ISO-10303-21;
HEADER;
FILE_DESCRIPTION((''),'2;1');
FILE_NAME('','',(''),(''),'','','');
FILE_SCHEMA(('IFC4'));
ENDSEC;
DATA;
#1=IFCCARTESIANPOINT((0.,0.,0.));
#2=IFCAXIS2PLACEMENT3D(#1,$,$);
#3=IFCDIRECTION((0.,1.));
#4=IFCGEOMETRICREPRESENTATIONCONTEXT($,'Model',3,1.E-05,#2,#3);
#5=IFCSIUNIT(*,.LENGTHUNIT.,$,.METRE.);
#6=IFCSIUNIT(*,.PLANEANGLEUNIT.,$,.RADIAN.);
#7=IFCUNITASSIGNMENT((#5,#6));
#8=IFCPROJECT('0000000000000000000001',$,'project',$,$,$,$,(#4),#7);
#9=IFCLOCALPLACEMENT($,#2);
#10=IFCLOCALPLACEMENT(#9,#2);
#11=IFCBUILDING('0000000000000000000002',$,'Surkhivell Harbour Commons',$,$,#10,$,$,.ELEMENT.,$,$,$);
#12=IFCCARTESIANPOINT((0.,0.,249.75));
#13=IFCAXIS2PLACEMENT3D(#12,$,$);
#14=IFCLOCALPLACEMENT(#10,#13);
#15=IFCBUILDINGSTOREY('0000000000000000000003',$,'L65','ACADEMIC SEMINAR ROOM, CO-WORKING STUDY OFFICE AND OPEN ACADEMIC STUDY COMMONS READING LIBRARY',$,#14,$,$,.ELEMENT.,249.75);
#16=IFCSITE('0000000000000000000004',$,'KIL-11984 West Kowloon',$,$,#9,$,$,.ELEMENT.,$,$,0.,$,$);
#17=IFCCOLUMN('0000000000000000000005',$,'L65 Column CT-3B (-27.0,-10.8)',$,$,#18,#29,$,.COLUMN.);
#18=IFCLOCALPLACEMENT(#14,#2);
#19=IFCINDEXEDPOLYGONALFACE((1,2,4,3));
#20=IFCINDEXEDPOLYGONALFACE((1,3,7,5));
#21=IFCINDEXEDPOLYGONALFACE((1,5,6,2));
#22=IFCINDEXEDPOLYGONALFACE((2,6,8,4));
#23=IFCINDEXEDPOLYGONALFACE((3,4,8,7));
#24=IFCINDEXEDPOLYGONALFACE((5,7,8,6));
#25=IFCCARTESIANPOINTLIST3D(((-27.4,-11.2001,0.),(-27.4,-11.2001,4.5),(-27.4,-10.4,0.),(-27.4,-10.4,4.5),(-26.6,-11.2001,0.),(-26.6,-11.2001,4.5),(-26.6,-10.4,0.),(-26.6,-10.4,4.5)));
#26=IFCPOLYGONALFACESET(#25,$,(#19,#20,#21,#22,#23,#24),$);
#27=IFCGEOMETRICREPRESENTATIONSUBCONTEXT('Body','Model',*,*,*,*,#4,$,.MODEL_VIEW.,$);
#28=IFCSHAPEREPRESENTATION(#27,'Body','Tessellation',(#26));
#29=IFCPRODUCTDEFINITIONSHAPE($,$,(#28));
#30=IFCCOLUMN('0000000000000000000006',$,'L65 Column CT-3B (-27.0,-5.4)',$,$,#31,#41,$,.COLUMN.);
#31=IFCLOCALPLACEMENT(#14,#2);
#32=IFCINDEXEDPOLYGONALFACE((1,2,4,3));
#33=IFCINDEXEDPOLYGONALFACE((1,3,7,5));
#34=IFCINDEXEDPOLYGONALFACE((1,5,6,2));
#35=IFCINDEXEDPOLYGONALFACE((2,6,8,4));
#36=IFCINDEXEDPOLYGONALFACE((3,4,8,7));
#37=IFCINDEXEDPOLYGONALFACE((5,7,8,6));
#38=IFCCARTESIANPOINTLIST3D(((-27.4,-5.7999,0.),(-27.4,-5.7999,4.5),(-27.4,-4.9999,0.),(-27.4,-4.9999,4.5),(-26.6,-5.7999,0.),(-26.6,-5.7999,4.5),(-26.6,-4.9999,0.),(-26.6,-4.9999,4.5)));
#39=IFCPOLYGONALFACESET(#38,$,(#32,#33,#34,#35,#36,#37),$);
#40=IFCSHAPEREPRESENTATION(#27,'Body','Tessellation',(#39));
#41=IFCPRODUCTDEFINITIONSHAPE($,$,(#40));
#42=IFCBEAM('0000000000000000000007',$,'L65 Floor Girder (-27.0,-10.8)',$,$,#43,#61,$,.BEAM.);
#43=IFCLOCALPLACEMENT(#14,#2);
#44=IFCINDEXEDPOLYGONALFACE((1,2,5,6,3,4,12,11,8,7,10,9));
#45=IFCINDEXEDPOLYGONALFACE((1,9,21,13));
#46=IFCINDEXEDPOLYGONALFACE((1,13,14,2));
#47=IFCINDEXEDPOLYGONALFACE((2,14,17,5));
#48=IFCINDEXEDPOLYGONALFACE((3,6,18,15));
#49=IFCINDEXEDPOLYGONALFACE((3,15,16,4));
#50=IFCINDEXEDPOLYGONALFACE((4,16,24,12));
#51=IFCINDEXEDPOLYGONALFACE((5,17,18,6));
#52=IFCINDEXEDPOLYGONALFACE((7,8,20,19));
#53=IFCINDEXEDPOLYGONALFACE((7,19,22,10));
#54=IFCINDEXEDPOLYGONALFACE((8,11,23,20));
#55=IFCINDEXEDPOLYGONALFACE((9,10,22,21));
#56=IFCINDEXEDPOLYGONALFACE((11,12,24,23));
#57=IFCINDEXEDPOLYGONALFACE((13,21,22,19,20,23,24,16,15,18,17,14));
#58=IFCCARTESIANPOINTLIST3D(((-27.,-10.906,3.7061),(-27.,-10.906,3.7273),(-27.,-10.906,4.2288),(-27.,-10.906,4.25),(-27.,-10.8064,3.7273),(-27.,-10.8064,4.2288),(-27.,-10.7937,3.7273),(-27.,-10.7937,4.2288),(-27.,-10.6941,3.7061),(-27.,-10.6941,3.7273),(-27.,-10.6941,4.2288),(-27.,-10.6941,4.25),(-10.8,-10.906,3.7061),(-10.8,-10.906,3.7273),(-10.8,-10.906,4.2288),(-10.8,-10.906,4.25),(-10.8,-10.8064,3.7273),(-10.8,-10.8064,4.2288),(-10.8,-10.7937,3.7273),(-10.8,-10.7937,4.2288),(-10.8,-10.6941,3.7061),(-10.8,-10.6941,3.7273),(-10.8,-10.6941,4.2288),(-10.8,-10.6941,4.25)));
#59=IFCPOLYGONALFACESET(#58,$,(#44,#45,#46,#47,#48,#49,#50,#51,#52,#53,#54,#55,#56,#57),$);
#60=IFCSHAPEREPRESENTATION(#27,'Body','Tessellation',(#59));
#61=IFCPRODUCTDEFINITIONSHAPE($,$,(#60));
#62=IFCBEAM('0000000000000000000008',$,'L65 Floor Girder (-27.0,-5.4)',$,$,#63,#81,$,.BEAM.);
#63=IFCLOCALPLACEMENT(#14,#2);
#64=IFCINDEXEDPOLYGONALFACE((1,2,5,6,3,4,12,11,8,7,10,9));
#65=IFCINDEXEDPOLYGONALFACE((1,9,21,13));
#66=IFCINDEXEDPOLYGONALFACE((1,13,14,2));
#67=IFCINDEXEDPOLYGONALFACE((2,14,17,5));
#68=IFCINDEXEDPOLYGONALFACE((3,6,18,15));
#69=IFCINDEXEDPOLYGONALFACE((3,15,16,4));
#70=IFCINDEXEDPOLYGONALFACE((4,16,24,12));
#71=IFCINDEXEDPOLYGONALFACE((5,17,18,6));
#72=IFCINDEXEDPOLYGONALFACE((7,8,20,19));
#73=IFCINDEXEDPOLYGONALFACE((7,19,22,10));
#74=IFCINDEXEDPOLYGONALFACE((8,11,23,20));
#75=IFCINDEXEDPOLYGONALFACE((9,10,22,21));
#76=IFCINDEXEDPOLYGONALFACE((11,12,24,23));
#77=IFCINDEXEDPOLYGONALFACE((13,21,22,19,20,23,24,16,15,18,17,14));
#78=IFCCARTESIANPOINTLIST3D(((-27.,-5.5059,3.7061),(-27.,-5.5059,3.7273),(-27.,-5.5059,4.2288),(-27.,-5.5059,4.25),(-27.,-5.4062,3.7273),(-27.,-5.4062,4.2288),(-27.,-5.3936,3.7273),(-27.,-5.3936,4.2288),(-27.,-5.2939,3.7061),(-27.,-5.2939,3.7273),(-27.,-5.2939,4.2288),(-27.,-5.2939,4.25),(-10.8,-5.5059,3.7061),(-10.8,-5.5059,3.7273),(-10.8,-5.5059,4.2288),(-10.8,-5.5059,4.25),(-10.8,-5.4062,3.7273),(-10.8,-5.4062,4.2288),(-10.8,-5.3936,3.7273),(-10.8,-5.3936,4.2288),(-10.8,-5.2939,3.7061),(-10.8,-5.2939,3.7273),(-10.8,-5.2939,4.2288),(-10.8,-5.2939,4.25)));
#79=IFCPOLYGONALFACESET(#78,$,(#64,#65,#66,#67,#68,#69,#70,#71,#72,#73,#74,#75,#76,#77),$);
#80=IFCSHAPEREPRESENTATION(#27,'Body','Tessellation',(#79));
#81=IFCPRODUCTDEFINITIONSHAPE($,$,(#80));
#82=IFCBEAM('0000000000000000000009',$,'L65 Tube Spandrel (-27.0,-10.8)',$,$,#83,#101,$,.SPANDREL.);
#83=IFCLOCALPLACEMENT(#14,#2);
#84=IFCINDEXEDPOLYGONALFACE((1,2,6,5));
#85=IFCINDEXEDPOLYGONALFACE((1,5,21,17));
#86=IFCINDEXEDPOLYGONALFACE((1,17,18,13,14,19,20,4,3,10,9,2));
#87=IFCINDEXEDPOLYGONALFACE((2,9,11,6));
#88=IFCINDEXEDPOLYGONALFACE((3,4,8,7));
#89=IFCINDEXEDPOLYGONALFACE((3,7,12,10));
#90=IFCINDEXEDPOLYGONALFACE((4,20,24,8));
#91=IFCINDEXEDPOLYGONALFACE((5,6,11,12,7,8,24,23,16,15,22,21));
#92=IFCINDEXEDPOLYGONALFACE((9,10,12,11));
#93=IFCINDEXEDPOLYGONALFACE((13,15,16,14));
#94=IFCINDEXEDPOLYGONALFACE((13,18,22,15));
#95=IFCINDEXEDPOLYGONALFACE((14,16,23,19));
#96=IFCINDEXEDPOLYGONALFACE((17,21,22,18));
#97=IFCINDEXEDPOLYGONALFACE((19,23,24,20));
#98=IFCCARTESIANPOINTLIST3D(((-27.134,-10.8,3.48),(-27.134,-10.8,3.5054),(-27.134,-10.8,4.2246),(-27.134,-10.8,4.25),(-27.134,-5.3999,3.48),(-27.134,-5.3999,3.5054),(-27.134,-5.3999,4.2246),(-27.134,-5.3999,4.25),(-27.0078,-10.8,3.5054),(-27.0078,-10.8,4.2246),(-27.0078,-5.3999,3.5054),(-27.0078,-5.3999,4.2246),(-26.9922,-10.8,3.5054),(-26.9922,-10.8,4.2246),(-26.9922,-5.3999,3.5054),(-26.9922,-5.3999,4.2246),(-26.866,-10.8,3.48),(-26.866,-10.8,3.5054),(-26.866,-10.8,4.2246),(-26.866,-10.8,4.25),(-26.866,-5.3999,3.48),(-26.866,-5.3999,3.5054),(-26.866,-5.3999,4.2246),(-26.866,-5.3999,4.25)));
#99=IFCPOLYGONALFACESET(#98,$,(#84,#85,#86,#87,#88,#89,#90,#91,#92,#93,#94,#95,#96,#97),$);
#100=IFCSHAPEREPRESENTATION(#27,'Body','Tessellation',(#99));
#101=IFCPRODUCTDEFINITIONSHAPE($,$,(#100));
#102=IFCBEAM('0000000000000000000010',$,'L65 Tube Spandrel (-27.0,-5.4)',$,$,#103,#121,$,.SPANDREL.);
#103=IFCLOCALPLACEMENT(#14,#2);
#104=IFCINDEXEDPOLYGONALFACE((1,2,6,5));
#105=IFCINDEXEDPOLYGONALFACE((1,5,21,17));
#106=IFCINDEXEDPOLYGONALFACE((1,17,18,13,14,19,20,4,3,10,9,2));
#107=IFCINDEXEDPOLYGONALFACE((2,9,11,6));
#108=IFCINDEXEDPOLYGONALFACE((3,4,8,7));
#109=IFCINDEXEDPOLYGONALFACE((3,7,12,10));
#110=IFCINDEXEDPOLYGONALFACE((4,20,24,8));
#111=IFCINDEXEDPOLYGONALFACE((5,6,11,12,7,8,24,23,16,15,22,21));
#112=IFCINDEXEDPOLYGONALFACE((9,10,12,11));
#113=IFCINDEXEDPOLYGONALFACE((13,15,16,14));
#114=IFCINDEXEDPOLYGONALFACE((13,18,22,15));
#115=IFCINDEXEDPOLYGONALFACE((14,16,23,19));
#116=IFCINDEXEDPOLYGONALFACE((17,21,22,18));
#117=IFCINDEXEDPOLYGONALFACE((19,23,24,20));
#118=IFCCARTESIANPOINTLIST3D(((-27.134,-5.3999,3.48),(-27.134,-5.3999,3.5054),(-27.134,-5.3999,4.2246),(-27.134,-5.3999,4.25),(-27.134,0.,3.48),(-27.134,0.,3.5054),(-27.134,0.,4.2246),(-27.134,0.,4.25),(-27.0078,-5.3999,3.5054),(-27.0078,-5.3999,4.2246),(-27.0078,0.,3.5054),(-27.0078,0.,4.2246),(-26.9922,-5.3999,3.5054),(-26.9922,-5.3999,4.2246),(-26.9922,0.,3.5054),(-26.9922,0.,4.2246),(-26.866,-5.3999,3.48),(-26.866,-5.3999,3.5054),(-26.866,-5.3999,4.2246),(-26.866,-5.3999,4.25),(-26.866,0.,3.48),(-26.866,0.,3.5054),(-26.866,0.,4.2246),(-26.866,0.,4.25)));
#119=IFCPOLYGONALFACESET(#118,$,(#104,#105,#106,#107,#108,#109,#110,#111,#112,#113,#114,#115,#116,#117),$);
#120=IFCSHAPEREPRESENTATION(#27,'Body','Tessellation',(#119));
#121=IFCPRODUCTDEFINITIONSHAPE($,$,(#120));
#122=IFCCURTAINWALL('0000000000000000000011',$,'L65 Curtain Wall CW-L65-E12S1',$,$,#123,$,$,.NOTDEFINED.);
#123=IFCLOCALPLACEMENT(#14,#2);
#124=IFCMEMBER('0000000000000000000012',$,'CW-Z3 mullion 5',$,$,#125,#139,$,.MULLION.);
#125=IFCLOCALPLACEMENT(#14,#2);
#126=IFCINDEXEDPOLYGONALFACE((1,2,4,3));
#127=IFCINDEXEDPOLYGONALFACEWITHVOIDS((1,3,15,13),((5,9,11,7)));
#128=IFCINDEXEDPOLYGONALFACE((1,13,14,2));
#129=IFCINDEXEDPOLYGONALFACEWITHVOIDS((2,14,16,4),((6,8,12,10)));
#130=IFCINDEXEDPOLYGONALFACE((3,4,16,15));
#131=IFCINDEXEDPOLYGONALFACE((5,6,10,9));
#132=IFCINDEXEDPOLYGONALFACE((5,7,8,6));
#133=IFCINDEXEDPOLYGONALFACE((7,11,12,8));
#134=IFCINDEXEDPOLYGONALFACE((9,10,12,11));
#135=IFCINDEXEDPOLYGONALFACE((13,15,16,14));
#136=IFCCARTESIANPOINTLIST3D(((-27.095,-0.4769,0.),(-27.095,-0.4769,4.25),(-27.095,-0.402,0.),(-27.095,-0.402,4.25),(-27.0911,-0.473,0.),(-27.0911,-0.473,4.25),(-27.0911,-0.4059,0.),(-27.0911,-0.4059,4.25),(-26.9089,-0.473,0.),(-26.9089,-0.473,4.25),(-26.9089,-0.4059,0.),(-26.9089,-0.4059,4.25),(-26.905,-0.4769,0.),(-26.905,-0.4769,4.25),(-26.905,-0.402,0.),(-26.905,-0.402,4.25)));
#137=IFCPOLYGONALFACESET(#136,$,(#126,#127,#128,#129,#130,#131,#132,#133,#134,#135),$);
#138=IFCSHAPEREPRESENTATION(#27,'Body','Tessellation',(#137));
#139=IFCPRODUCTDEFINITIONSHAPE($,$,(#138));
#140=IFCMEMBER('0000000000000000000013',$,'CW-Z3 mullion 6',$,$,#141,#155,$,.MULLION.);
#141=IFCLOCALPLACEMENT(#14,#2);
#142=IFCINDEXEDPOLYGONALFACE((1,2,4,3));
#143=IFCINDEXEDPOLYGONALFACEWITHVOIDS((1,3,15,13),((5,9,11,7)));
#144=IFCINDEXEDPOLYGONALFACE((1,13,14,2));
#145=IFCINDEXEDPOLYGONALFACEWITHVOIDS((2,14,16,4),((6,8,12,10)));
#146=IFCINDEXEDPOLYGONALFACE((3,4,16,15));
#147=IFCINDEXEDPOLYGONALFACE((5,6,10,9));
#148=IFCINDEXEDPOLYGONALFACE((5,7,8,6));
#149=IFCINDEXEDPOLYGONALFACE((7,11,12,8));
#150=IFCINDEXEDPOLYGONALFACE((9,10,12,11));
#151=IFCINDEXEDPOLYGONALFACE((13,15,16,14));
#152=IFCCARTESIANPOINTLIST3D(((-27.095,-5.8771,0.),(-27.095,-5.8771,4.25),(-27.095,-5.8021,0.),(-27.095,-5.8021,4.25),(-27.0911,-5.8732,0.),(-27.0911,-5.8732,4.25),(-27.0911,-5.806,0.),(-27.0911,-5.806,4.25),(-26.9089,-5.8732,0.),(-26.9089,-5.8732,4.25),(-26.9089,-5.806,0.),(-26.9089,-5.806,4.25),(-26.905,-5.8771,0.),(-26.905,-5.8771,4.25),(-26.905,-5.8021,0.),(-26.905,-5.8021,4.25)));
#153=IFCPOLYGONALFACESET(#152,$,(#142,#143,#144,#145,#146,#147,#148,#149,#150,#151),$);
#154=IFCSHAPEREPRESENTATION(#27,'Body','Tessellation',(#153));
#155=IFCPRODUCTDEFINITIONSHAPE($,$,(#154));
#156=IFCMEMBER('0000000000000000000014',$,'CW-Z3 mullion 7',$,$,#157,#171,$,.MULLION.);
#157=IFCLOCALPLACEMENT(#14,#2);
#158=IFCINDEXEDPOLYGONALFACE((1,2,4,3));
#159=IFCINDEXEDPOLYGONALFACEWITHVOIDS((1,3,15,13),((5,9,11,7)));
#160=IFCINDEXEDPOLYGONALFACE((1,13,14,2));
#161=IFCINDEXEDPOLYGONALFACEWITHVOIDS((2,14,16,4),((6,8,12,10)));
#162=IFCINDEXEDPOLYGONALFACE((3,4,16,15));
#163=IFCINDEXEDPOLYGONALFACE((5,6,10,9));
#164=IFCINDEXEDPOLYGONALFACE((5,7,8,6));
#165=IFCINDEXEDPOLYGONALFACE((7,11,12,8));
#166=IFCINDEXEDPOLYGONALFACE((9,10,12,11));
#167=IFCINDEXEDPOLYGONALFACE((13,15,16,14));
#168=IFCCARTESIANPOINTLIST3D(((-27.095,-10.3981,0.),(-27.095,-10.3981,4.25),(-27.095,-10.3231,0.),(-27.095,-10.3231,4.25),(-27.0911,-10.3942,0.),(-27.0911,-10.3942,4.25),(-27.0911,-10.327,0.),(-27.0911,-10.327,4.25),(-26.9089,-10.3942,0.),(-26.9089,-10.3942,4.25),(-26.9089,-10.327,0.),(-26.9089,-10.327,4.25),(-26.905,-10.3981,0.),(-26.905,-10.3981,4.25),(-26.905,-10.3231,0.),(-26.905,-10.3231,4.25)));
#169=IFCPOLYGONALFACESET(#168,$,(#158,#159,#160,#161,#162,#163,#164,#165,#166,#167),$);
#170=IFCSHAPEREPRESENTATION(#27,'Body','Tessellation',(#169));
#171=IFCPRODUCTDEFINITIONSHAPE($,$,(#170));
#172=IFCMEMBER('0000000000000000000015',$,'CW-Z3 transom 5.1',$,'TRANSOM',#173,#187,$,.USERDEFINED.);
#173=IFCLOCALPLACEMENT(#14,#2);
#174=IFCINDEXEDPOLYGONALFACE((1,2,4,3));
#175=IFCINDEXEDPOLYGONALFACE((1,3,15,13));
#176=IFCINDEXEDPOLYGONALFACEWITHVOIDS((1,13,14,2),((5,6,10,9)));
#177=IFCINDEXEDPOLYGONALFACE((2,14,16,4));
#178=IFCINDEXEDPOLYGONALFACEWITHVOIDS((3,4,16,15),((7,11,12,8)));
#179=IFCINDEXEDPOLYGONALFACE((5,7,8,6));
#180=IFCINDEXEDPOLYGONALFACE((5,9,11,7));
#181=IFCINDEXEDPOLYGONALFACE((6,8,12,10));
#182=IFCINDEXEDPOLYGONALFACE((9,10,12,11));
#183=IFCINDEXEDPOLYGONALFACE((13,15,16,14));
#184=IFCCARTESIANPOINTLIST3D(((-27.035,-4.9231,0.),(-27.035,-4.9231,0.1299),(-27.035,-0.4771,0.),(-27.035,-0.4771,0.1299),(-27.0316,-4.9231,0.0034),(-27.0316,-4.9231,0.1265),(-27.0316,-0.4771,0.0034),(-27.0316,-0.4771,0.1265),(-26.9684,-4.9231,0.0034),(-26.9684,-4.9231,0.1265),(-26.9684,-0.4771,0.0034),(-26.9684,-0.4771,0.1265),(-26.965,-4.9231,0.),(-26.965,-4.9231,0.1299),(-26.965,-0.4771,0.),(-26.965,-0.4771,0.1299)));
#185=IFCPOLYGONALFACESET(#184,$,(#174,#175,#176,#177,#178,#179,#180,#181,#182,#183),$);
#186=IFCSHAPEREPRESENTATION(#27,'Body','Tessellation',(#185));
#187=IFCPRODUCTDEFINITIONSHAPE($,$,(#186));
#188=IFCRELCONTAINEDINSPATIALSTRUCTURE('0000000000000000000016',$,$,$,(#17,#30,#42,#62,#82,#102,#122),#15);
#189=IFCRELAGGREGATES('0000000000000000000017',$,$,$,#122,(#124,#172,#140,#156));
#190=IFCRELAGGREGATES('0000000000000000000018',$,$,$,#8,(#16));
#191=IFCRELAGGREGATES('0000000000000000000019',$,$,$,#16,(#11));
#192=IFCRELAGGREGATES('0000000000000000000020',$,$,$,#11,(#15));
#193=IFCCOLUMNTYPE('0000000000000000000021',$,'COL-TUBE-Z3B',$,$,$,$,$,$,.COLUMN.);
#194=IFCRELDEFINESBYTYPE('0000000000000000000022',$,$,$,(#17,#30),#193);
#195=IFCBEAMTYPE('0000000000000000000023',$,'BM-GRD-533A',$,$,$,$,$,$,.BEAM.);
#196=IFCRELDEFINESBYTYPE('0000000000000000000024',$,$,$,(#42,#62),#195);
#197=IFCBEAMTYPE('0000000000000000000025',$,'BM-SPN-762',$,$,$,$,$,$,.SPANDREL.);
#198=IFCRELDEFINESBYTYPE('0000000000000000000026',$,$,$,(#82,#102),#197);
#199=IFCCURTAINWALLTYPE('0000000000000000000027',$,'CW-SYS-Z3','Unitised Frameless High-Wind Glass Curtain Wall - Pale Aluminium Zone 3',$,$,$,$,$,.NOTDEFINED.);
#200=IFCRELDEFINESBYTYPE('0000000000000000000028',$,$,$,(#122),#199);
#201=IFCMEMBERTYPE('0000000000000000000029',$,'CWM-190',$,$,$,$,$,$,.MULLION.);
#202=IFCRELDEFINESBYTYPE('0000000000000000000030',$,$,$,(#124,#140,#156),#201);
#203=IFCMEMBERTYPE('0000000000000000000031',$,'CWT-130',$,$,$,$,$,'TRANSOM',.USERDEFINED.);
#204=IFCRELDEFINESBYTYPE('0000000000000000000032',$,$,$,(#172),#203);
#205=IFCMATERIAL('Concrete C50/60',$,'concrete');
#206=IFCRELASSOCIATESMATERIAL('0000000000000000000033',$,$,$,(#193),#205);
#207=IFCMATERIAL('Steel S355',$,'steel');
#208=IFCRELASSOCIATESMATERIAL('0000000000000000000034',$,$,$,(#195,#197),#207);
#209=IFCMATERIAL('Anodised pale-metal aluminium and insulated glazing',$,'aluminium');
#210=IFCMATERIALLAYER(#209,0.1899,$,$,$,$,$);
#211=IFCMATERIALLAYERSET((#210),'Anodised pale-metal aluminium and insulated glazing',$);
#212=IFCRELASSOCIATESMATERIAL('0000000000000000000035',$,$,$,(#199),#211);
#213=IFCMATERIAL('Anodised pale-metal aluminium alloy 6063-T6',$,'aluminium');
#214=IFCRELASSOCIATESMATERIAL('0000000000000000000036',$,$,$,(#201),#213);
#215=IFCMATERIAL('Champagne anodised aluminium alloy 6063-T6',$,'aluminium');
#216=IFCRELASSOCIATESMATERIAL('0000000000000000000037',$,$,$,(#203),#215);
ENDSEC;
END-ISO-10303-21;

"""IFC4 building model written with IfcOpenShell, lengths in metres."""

from ifc_helpers import new_model, si_unit, direction, frame, origin, origin_2d, place, context, subcontext, project, spatial, rectangle, hollow_rectangle, i_section, extrude, material, layer, layer_set, material_profile, profile_set, type_object, element, aggregate, save


model = new_model("IFC4")

# Units and contexts
model_context = context("Model", 3, precision=1e-05, world=origin(), true_north=direction((0.0, 1.0)))
body_context = subcontext(model_context, "Body", "Model", "MODEL_VIEW")
ifc_project = project(units=[si_unit("LENGTHUNIT", "METRE"), si_unit("PLANEANGLEUNIT", "RADIAN")], contexts=[model_context])

# Site, building, storey
site_placement = place(None, origin())
site = spatial("IfcSite", under=ifc_project, at=site_placement, Name="KIL-11984 West Kowloon", CompositionType="ELEMENT", RefElevation=0.0)
building_placement = place(site_placement, origin())
building = spatial("IfcBuilding", under=site, at=building_placement, Name="Surkhivell Harbour Commons", CompositionType="ELEMENT")
storey_placement = place(building_placement, frame((0.0, 0.0, 249.75)))
storey = spatial("IfcBuildingStorey", under=building, at=storey_placement, Name="L65", Description="ACADEMIC SEMINAR ROOM, CO-WORKING STUDY OFFICE AND OPEN ACADEMIC STUDY COMMONS READING LIBRARY", CompositionType="ELEMENT", Elevation=249.75)

# Columns
ifc_material_1 = material(Name="Concrete C50/60", Category="concrete")
ifc_material_profile_1 = material_profile(ifc_material_1, rectangle(XDim=0.8, YDim=0.8, at=origin_2d()), Name="RC-COL-800x800")
ifc_profile_set_1 = profile_set([ifc_material_profile_1], Name="Concrete C50/60")
column_type = type_object("IfcColumnType", Name="COL-TUBE-Z3B", PredefinedType="COLUMN", material=ifc_profile_set_1)
for number, where, z_axis, x_axis, name in (
    (1, (-27.0, -10.8, 0.0), (0.0, 0.0, 1.0), (1.0, 0.0, 0.0), "L65 Column CT-3B (-27.0,-10.8)"),
    (2, (-27.0, -5.3999, 0.0), (0.0, 0.0, 1.0), (1.0, 0.0, 0.0), "L65 Column CT-3B (-27.0,-5.4)"),
):
    element("IfcColumn", number, at=place(storey_placement, frame(where, z_axis=z_axis, x_axis=x_axis)), inside=storey, type_object=column_type, Name=name, PredefinedType="COLUMN", context=body_context, shape_type="SweptSolid", body=[
        extrude(rectangle(XDim=0.8, YDim=0.8, at=origin_2d()), origin(), (0.0, 0.0, 1.0), 4.5),
    ])

# Beams
ifc_material_2 = material(Name="Steel S355", Category="steel")
ifc_material_profile_2 = material_profile(ifc_material_2, i_section(OverallWidth=0.2119, OverallDepth=0.5439, WebThickness=0.0127, FlangeThickness=0.0212, at=origin_2d()), Name="UB533x210x122")
ifc_profile_set_2 = profile_set([ifc_material_profile_2], Name="Steel S355")
beam_type_1 = type_object("IfcBeamType", Name="BM-GRD-533A", PredefinedType="BEAM", material=ifc_profile_set_2)
for number, where, z_axis, x_axis, name in (
    (3, (-27.0, -10.8, 3.978), (1.0, 0.0, 0.0), (0.0, 1.0, 0.0), "L65 Floor Girder (-27.0,-10.8)"),
    (4, (-27.0, -5.3999, 3.978), (1.0, 0.0, 0.0), (0.0, 1.0, 0.0), "L65 Floor Girder (-27.0,-5.4)"),
):
    element("IfcBeam", number, at=place(storey_placement, frame(where, z_axis=z_axis, x_axis=x_axis)), inside=storey, type_object=beam_type_1, Name=name, PredefinedType="BEAM", context=body_context, shape_type="SweptSolid", body=[
        extrude(i_section(OverallWidth=0.2119, OverallDepth=0.5439, WebThickness=0.0127, FlangeThickness=0.0212, at=origin_2d()), origin(), (0.0, 0.0, 1.0), 16.2),
    ])
ifc_material_profile_3 = material_profile(ifc_material_2, i_section(OverallWidth=0.2681, OverallDepth=0.77, WebThickness=0.0156, FlangeThickness=0.0254, at=origin_2d()), Name="UB762x267x197")
ifc_profile_set_3 = profile_set([ifc_material_profile_3], Name="Steel S355")
beam_type_2 = type_object("IfcBeamType", Name="BM-SPN-762", PredefinedType="SPANDREL", material=ifc_profile_set_3)
beam_1_placement = place(storey_placement, frame((-27.0, -10.8, 3.865), z_axis=(0.0, 1.0, 0.0), x_axis=(-1.0, 0.0, 0.0)))
element("IfcBeam", 5, at=beam_1_placement, inside=storey, type_object=beam_type_2, Name="L65 Tube Spandrel (-27.0,-10.8)", PredefinedType="SPANDREL", context=body_context, shape_type="SweptSolid", body=[
    extrude(i_section(OverallWidth=0.2681, OverallDepth=0.77, WebThickness=0.0156, FlangeThickness=0.0254, at=origin_2d()), origin(), (0.0, 0.0, 1.0), 5.4001),
])
beam_2_placement = place(storey_placement, frame((-27.0, -5.3999, 3.865), z_axis=(0.0, 1.0, 0.0), x_axis=(-1.0, 0.0, 0.0)))
element("IfcBeam", 6, at=beam_2_placement, inside=storey, type_object=beam_type_2, Name="L65 Tube Spandrel (-27.0,-5.4)", PredefinedType="SPANDREL", context=body_context, shape_type="SweptSolid", body=[
    extrude(i_section(OverallWidth=0.2681, OverallDepth=0.77, WebThickness=0.0156, FlangeThickness=0.0254, at=origin_2d()), origin(), (0.0, 0.0, 1.0), 5.3999),
])

# Curtain wall, members
ifc_material_3 = material(Name="Anodised pale-metal aluminium and insulated glazing", Category="aluminium")
ifc_layer_1 = layer(ifc_material_3, 0.1899)
ifc_layer_set_1 = layer_set([ifc_layer_1], Name="Anodised pale-metal aluminium and insulated glazing")
curtain_wall_type = type_object("IfcCurtainWallType", Name="CW-SYS-Z3", Description="Unitised Frameless High-Wind Glass Curtain Wall - Pale Aluminium Zone 3", PredefinedType="NOTDEFINED", material=ifc_layer_set_1)
curtain_wall_placement = place(storey_placement, origin())
curtain_wall = element("IfcCurtainWall", 7, at=curtain_wall_placement, inside=storey, type_object=curtain_wall_type, Name="L65 Curtain Wall CW-L65-E12S1", PredefinedType="NOTDEFINED")
ifc_material_4 = material(Name="Anodised pale-metal aluminium alloy 6063-T6", Category="aluminium")
ifc_material_profile_4 = material_profile(ifc_material_4, hollow_rectangle(XDim=0.075, YDim=0.1899, WallThickness=0.0039, at=origin_2d()), Name="ALU-MULL-75x190")
ifc_profile_set_4 = profile_set([ifc_material_profile_4], Name="Anodised pale-metal aluminium alloy 6063-T6")
member_type_1 = type_object("IfcMemberType", Name="CWM-190", PredefinedType="MULLION", material=ifc_profile_set_4)
member_1_placement = place(storey_placement, frame((-27.0, -0.4395, 0.0), z_axis=(0.0, 0.0, 1.0), x_axis=(0.0, -1.0, 0.0)))
member_1 = element("IfcMember", 8, at=member_1_placement, type_object=member_type_1, Name="CW-Z3 mullion 5", PredefinedType="MULLION", context=body_context, shape_type="SweptSolid", body=[
    extrude(hollow_rectangle(XDim=0.075, YDim=0.1899, WallThickness=0.0039, at=origin_2d()), origin(), (0.0, 0.0, 1.0), 4.25),
])
member_2_placement = place(storey_placement, frame((-27.0, -5.8396, 0.0), z_axis=(0.0, 0.0, 1.0), x_axis=(0.0, -1.0, 0.0)))
member_2 = element("IfcMember", 9, at=member_2_placement, type_object=member_type_1, Name="CW-Z3 mullion 6", PredefinedType="MULLION", context=body_context, shape_type="SweptSolid", body=[
    extrude(hollow_rectangle(XDim=0.075, YDim=0.1899, WallThickness=0.0039, at=origin_2d()), origin(), (0.0, 0.0, 1.0), 4.25),
])
member_3_placement = place(storey_placement, frame((-27.0, -10.3606, 0.0), z_axis=(0.0, 0.0, 1.0), x_axis=(0.0, -1.0, 0.0)))
member_3 = element("IfcMember", 10, at=member_3_placement, type_object=member_type_1, Name="CW-Z3 mullion 7", PredefinedType="MULLION", context=body_context, shape_type="SweptSolid", body=[
    extrude(hollow_rectangle(XDim=0.075, YDim=0.1899, WallThickness=0.0039, at=origin_2d()), origin(), (0.0, 0.0, 1.0), 4.25),
])
ifc_material_5 = material(Name="Champagne anodised aluminium alloy 6063-T6", Category="aluminium")
ifc_material_profile_5 = material_profile(ifc_material_5, hollow_rectangle(XDim=0.0701, YDim=0.1299, WallThickness=0.0034, at=origin_2d()), Name="ALU-TRAN-70x130")
ifc_profile_set_5 = profile_set([ifc_material_profile_5], Name="Champagne anodised aluminium alloy 6063-T6")
member_type_2 = type_object("IfcMemberType", Name="CWT-130", ElementType="TRANSOM", PredefinedType="USERDEFINED", material=ifc_profile_set_5)
member_4_placement = place(storey_placement, frame((-27.0, -0.4771, 0.0649), z_axis=(0.0, -1.0, 0.0), x_axis=(1.0, 0.0, 0.0)))
member_4 = element("IfcMember", 11, at=member_4_placement, type_object=member_type_2, Name="CW-Z3 transom 5.1", ObjectType="TRANSOM", PredefinedType="USERDEFINED", context=body_context, shape_type="SweptSolid", body=[
    extrude(hollow_rectangle(XDim=0.0701, YDim=0.1299, WallThickness=0.0034, at=origin_2d()), origin(), (0.0, 0.0, 1.0), 4.446),
])

aggregate(curtain_wall, [member_1, member_4, member_2, member_3])

save(model, "model.ifc")
